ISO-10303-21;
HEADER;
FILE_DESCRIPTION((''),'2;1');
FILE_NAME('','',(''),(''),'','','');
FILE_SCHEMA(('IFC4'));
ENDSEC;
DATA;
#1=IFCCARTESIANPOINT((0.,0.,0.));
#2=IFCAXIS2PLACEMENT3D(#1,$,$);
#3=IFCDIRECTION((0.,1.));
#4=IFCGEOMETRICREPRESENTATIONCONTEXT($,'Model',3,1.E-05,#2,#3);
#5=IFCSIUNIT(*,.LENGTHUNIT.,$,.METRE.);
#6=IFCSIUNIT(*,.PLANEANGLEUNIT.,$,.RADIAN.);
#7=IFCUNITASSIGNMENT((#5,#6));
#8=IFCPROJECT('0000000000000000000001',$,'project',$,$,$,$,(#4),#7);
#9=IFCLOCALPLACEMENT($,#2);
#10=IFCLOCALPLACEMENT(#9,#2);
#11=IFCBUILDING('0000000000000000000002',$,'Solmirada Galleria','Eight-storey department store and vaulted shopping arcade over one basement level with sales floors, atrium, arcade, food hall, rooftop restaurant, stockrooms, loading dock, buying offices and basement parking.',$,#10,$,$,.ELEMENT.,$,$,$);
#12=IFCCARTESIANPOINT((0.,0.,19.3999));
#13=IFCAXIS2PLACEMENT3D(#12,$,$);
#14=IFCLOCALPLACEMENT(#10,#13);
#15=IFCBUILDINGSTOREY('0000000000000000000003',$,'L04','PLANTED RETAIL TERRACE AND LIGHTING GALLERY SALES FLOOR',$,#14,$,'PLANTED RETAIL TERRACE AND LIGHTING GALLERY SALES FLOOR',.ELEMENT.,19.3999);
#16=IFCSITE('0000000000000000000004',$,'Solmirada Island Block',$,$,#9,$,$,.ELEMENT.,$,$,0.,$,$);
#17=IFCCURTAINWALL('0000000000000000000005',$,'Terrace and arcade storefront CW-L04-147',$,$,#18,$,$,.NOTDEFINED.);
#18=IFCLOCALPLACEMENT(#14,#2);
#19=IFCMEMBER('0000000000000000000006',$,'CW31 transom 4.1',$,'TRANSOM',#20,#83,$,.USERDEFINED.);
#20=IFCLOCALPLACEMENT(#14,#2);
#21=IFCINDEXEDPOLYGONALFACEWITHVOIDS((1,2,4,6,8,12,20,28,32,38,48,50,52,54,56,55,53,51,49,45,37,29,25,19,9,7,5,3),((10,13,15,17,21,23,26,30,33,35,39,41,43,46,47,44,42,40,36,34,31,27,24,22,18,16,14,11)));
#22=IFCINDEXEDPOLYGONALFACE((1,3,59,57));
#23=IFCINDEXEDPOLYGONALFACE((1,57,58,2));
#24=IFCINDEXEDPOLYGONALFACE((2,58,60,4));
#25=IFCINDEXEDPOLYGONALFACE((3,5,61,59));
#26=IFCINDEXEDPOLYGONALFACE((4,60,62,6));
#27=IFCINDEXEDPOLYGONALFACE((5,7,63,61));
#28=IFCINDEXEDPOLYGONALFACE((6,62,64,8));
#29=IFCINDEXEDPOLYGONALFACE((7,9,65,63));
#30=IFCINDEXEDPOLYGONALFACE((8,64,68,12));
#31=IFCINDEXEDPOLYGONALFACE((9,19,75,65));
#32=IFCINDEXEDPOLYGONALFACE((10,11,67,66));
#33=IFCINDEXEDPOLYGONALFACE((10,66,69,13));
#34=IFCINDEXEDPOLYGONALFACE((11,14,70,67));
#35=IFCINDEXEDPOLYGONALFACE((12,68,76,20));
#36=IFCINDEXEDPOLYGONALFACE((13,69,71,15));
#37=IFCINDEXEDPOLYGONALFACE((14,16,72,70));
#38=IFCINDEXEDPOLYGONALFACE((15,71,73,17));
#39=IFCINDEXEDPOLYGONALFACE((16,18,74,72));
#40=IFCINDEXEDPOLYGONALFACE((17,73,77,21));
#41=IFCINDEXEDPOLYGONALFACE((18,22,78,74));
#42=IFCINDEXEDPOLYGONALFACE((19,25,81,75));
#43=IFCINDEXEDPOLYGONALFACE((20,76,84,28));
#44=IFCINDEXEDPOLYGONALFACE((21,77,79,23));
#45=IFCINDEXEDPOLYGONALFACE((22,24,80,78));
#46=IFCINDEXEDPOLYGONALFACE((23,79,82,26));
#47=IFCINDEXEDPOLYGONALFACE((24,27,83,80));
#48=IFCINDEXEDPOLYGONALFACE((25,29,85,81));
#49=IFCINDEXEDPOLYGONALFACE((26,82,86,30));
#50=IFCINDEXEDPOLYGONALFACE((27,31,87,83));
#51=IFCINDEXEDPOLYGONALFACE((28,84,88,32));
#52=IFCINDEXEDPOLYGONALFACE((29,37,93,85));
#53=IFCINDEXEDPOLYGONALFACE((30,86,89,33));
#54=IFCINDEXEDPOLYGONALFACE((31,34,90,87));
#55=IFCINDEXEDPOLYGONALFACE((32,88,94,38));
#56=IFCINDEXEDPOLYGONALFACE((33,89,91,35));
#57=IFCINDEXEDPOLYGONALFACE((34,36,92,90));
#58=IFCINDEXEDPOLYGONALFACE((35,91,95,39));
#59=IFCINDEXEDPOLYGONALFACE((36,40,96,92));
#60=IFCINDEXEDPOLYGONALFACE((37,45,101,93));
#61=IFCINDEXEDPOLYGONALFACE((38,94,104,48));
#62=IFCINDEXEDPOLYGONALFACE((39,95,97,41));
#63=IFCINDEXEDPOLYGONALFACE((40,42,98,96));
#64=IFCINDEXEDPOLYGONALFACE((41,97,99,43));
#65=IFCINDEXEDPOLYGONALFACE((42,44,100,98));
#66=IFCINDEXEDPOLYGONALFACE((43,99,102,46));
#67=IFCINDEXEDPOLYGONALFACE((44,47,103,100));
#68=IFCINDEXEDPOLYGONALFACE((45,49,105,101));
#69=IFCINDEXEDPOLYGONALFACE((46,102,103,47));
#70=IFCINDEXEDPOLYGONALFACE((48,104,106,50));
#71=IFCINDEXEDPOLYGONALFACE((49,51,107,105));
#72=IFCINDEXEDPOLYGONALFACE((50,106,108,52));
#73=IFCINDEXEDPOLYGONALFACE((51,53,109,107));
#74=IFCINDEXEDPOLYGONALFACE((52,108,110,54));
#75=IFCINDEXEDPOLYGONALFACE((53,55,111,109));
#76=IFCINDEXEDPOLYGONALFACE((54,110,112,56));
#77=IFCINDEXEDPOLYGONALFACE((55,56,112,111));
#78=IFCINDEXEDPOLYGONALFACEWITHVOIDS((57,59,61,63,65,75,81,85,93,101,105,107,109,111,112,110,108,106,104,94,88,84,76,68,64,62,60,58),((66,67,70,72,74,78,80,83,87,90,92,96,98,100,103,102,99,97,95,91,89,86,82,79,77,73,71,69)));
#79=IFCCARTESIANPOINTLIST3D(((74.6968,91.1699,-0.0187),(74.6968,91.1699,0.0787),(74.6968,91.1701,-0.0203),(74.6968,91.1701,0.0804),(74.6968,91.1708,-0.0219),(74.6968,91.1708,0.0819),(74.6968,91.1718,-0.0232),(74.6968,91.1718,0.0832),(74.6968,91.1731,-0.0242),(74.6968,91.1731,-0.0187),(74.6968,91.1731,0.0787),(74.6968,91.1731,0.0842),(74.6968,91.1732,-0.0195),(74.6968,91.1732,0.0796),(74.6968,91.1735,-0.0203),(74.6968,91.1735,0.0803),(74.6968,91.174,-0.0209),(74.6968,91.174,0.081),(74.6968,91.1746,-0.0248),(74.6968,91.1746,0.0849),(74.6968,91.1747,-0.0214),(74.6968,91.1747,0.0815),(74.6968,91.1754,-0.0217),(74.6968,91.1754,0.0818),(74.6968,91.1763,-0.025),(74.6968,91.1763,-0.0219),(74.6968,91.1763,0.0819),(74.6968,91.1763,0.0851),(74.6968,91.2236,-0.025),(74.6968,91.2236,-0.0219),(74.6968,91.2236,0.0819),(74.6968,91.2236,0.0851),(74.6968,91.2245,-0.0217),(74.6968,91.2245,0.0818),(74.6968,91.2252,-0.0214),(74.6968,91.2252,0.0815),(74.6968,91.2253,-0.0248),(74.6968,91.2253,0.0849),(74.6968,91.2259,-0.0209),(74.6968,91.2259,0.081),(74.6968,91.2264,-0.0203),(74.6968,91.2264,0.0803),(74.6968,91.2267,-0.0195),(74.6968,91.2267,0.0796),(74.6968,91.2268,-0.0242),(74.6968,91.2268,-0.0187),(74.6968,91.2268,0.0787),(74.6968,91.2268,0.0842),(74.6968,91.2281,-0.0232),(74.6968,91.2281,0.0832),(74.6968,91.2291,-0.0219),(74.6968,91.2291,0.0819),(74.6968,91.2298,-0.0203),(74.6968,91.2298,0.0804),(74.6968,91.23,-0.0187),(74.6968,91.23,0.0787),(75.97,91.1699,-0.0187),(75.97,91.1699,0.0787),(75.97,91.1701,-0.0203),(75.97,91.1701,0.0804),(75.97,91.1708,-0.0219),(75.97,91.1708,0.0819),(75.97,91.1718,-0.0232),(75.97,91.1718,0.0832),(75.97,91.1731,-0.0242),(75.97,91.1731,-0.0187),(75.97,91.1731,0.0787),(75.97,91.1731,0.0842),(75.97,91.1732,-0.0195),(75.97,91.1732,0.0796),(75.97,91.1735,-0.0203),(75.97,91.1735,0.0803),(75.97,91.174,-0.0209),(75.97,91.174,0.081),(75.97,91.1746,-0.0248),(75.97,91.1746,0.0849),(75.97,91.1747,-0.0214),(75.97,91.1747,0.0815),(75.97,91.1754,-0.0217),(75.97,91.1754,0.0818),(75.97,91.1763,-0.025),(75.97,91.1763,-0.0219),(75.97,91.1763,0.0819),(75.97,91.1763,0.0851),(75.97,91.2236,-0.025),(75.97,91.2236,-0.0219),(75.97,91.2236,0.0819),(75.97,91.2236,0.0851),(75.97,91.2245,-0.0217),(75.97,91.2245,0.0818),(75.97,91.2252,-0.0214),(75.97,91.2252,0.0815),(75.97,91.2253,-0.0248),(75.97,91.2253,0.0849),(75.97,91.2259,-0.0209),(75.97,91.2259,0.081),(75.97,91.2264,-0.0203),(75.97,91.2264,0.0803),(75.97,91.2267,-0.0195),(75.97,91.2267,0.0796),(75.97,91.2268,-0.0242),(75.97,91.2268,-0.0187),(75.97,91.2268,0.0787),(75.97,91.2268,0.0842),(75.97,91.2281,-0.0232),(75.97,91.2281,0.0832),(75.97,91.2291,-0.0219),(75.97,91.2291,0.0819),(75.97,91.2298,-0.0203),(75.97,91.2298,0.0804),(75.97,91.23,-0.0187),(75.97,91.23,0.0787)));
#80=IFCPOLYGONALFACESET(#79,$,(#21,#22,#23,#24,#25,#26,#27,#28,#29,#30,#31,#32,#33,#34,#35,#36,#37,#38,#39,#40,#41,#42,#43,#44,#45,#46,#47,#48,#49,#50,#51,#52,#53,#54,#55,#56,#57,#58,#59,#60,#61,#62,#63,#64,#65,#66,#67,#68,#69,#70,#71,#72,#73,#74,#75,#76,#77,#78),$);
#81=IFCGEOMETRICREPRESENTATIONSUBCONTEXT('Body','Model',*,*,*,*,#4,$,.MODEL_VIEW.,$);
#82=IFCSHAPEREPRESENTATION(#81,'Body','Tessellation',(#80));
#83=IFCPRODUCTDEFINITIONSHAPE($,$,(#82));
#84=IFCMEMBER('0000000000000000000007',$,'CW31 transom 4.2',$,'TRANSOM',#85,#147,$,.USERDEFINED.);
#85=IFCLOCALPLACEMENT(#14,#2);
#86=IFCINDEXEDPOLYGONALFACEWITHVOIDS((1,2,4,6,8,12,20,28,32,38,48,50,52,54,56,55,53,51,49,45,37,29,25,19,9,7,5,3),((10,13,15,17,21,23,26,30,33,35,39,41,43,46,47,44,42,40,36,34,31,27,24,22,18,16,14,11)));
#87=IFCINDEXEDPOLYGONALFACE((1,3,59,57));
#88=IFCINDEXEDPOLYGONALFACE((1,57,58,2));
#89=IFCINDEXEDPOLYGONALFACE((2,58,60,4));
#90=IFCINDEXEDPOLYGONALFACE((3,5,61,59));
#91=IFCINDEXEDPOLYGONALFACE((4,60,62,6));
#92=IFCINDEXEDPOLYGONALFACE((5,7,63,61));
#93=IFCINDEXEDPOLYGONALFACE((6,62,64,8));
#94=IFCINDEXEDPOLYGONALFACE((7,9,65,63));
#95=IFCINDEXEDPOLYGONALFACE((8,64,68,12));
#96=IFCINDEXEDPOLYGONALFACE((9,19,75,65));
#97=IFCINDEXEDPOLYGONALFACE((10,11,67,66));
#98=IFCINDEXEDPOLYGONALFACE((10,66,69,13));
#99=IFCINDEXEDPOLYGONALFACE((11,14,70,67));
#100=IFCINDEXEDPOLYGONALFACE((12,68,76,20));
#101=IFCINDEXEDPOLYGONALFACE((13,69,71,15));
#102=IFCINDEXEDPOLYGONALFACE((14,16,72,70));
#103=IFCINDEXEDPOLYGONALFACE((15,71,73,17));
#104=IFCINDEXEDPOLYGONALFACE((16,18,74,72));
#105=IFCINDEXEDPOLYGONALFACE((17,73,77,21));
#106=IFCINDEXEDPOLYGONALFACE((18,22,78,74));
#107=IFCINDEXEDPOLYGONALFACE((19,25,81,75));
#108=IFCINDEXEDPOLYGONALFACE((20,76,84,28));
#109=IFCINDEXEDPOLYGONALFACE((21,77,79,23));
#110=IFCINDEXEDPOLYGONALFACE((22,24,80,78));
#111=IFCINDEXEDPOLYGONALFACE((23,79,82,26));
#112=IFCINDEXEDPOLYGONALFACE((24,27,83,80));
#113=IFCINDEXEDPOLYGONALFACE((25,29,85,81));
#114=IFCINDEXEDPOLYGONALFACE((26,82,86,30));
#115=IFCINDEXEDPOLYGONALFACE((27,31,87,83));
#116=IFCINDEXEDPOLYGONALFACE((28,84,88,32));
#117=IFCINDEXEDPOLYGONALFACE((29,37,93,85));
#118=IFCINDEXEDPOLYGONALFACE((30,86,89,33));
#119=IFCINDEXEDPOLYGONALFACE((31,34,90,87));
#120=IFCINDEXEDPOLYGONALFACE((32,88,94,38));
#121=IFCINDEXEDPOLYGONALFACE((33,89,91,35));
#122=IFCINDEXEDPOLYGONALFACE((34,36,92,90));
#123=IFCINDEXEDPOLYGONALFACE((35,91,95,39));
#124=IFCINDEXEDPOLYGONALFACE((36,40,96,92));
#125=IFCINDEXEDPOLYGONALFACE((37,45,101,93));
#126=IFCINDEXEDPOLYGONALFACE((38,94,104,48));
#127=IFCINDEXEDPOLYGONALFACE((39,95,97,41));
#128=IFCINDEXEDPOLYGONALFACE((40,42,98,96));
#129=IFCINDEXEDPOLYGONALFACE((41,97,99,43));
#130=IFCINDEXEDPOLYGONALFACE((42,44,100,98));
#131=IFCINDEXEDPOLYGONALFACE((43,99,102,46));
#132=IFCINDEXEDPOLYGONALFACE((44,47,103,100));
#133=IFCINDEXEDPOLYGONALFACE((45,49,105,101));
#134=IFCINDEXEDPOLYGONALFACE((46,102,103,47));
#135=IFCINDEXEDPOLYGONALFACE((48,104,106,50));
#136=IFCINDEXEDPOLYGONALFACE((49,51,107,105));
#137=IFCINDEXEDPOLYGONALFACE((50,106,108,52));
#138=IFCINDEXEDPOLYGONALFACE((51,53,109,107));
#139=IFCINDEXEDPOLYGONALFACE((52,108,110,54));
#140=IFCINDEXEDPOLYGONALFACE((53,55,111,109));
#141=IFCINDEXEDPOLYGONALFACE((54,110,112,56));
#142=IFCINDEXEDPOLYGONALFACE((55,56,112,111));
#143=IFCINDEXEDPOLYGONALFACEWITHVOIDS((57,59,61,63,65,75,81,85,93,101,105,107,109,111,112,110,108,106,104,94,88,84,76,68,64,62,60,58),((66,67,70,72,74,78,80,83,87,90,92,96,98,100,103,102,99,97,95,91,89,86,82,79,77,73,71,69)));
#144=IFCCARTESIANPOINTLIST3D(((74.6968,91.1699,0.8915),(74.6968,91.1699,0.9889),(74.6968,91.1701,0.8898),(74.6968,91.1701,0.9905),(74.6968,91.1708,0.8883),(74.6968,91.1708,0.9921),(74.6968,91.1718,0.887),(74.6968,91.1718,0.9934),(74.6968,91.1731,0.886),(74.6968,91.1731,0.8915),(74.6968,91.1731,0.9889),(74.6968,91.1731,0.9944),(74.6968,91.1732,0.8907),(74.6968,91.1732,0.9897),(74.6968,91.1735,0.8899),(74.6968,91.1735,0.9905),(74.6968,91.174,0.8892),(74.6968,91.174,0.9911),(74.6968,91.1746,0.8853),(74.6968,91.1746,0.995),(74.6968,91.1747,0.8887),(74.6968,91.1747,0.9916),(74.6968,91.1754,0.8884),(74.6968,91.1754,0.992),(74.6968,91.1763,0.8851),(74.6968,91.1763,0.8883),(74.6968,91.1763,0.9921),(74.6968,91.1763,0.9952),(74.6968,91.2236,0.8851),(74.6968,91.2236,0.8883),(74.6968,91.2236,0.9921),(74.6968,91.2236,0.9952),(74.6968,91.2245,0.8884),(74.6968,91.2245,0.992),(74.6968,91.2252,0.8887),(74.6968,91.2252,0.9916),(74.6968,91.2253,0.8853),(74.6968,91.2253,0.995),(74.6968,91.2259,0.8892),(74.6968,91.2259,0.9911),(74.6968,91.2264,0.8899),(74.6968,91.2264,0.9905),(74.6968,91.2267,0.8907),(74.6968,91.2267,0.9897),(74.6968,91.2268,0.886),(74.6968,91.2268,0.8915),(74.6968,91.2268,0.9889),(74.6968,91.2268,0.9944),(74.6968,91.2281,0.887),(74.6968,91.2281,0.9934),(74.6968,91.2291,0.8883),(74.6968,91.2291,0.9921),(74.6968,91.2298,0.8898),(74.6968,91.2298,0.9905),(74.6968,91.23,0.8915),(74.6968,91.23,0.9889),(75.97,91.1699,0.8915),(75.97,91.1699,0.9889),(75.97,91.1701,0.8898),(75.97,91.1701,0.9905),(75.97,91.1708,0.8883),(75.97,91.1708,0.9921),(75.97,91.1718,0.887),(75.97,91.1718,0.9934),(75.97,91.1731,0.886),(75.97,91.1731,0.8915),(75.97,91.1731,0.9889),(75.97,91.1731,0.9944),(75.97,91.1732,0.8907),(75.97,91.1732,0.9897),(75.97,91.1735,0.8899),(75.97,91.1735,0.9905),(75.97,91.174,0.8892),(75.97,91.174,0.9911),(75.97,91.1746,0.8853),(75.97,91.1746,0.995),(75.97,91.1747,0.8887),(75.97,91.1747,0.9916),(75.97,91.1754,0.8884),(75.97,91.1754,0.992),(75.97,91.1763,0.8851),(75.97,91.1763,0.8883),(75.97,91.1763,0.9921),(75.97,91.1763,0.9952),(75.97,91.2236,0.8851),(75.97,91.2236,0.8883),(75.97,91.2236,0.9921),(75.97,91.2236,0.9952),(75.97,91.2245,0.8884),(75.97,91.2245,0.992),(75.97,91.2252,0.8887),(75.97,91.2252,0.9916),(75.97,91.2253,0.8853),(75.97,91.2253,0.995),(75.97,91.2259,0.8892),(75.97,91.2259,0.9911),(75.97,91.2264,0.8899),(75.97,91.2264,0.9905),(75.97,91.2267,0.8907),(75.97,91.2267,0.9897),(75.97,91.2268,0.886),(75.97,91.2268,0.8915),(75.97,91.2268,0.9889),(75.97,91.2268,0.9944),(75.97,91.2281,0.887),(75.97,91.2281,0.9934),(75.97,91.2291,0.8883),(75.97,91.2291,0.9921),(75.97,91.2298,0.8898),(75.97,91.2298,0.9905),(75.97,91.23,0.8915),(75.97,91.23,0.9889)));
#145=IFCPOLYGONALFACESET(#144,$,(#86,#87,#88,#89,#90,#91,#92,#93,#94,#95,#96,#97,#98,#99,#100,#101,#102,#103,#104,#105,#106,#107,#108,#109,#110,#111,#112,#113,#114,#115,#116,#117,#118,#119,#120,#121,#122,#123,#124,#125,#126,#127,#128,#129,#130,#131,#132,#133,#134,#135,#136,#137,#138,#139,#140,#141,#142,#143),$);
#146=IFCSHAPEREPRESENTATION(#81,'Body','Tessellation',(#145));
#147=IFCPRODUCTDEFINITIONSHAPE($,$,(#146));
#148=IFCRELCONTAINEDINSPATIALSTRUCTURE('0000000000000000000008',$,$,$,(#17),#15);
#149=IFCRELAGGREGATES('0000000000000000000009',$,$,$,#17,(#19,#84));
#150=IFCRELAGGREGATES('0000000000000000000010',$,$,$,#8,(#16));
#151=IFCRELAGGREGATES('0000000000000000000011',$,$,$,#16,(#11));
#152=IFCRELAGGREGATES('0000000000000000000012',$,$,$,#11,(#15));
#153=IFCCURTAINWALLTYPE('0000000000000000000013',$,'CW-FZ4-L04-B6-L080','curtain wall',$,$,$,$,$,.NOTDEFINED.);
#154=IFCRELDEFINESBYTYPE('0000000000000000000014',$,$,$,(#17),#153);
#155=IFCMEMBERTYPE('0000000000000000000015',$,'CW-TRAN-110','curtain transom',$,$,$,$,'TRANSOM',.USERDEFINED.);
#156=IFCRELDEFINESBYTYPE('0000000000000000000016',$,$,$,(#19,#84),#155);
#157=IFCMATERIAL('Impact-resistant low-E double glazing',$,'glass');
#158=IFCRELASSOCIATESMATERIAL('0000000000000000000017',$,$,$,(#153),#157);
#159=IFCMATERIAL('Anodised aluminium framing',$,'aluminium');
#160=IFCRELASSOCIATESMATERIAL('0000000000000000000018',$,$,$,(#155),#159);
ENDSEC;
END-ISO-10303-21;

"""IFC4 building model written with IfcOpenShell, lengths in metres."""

from ifc_helpers import new_model, si_unit, direction, frame, origin, origin_2d, place, context, subcontext, project, spatial, hollow_rectangle, extrude, material, material_profile, profile_set, type_object, element, aggregate, save


model = new_model("IFC4")

# Units and contexts
model_context = context("Model", 3, precision=1e-05, world=origin(), true_north=direction((0.0, 1.0)))
body_context = subcontext(model_context, "Body", "Model", "MODEL_VIEW")
ifc_project = project(units=[si_unit("LENGTHUNIT", "METRE"), si_unit("PLANEANGLEUNIT", "RADIAN")], contexts=[model_context])

# Site, building, storey
site_placement = place(None, origin())
site = spatial("IfcSite", under=ifc_project, at=site_placement, Name="Solmirada Island Block", CompositionType="ELEMENT", RefElevation=0.0)
building_placement = place(site_placement, origin())
building = spatial("IfcBuilding", under=site, at=building_placement, Name="Solmirada Galleria", Description="Eight-storey department store and vaulted shopping arcade over one basement level with sales floors, atrium, arcade, food hall, rooftop restaurant, stockrooms, loading dock, buying offices and basement parking.", CompositionType="ELEMENT")
storey_placement = place(building_placement, frame((0.0, 0.0, 19.3999)))
storey = spatial("IfcBuildingStorey", under=building, at=storey_placement, Name="L04", Description="PLANTED RETAIL TERRACE AND LIGHTING GALLERY SALES FLOOR", LongName="PLANTED RETAIL TERRACE AND LIGHTING GALLERY SALES FLOOR", CompositionType="ELEMENT", Elevation=19.3999)

# Curtain wall
ifc_material_1 = material(Name="Impact-resistant low-E double glazing", Category="glass")
curtain_wall_type = type_object("IfcCurtainWallType", Name="CW-FZ4-L04-B6-L080", Description="curtain wall", PredefinedType="NOTDEFINED", material=ifc_material_1)
curtain_wall_1_placement = place(storey_placement, origin())
curtain_wall_1 = element("IfcCurtainWall", 1, at=curtain_wall_1_placement, inside=storey, type_object=curtain_wall_type, Name="Terrace and arcade storefront CW-L04-147", PredefinedType="NOTDEFINED")
ifc_material_2 = material(Name="Anodised aluminium framing", Category="aluminium")

# Members
ifc_material_profile_1 = material_profile(ifc_material_2, hollow_rectangle(XDim=0.0601, YDim=0.1101, WallThickness=0.0032, InnerFilletRadius=0.0032, OuterFilletRadius=0.0063, at=origin_2d()), Name="ALU-TRAN-110X60")
ifc_profile_set_1 = profile_set([ifc_material_profile_1], Name="Anodised aluminium framing")
member_type_1 = type_object("IfcMemberType", Name="CW-TRAN-110", Description="curtain transom", ElementType="TRANSOM", PredefinedType="USERDEFINED", material=ifc_profile_set_1)
member_1_placement = place(storey_placement, frame((75.97, 91.2, 0.03), z_axis=(-1.0, 0.0, 0.0), x_axis=(0.0, -1.0, 0.0)))
member_1 = element("IfcMember", 2, at=member_1_placement, type_object=member_type_1, Name="CW31 transom 4.1", ObjectType="TRANSOM", PredefinedType="USERDEFINED", context=body_context, shape_type="SweptSolid", body=[
    extrude(hollow_rectangle(XDim=0.0601, YDim=0.1101, WallThickness=0.0032, InnerFilletRadius=0.0032, OuterFilletRadius=0.0063, at=origin_2d()), origin(), (0.0, 0.0, 1.0), 1.2732),
])
member_2_placement = place(storey_placement, frame((75.97, 91.2, 0.9402), z_axis=(-1.0, 0.0, 0.0), x_axis=(0.0, -1.0, 0.0)))
member_2 = element("IfcMember", 3, at=member_2_placement, type_object=member_type_1, Name="CW31 transom 4.2", ObjectType="TRANSOM", PredefinedType="USERDEFINED", context=body_context, shape_type="SweptSolid", body=[
    extrude(hollow_rectangle(XDim=0.0601, YDim=0.1101, WallThickness=0.0032, InnerFilletRadius=0.0032, OuterFilletRadius=0.0063, at=origin_2d()), origin(), (0.0, 0.0, 1.0), 1.2732),
])

aggregate(curtain_wall_1, [member_1, member_2])

save(model, "model.ifc")
